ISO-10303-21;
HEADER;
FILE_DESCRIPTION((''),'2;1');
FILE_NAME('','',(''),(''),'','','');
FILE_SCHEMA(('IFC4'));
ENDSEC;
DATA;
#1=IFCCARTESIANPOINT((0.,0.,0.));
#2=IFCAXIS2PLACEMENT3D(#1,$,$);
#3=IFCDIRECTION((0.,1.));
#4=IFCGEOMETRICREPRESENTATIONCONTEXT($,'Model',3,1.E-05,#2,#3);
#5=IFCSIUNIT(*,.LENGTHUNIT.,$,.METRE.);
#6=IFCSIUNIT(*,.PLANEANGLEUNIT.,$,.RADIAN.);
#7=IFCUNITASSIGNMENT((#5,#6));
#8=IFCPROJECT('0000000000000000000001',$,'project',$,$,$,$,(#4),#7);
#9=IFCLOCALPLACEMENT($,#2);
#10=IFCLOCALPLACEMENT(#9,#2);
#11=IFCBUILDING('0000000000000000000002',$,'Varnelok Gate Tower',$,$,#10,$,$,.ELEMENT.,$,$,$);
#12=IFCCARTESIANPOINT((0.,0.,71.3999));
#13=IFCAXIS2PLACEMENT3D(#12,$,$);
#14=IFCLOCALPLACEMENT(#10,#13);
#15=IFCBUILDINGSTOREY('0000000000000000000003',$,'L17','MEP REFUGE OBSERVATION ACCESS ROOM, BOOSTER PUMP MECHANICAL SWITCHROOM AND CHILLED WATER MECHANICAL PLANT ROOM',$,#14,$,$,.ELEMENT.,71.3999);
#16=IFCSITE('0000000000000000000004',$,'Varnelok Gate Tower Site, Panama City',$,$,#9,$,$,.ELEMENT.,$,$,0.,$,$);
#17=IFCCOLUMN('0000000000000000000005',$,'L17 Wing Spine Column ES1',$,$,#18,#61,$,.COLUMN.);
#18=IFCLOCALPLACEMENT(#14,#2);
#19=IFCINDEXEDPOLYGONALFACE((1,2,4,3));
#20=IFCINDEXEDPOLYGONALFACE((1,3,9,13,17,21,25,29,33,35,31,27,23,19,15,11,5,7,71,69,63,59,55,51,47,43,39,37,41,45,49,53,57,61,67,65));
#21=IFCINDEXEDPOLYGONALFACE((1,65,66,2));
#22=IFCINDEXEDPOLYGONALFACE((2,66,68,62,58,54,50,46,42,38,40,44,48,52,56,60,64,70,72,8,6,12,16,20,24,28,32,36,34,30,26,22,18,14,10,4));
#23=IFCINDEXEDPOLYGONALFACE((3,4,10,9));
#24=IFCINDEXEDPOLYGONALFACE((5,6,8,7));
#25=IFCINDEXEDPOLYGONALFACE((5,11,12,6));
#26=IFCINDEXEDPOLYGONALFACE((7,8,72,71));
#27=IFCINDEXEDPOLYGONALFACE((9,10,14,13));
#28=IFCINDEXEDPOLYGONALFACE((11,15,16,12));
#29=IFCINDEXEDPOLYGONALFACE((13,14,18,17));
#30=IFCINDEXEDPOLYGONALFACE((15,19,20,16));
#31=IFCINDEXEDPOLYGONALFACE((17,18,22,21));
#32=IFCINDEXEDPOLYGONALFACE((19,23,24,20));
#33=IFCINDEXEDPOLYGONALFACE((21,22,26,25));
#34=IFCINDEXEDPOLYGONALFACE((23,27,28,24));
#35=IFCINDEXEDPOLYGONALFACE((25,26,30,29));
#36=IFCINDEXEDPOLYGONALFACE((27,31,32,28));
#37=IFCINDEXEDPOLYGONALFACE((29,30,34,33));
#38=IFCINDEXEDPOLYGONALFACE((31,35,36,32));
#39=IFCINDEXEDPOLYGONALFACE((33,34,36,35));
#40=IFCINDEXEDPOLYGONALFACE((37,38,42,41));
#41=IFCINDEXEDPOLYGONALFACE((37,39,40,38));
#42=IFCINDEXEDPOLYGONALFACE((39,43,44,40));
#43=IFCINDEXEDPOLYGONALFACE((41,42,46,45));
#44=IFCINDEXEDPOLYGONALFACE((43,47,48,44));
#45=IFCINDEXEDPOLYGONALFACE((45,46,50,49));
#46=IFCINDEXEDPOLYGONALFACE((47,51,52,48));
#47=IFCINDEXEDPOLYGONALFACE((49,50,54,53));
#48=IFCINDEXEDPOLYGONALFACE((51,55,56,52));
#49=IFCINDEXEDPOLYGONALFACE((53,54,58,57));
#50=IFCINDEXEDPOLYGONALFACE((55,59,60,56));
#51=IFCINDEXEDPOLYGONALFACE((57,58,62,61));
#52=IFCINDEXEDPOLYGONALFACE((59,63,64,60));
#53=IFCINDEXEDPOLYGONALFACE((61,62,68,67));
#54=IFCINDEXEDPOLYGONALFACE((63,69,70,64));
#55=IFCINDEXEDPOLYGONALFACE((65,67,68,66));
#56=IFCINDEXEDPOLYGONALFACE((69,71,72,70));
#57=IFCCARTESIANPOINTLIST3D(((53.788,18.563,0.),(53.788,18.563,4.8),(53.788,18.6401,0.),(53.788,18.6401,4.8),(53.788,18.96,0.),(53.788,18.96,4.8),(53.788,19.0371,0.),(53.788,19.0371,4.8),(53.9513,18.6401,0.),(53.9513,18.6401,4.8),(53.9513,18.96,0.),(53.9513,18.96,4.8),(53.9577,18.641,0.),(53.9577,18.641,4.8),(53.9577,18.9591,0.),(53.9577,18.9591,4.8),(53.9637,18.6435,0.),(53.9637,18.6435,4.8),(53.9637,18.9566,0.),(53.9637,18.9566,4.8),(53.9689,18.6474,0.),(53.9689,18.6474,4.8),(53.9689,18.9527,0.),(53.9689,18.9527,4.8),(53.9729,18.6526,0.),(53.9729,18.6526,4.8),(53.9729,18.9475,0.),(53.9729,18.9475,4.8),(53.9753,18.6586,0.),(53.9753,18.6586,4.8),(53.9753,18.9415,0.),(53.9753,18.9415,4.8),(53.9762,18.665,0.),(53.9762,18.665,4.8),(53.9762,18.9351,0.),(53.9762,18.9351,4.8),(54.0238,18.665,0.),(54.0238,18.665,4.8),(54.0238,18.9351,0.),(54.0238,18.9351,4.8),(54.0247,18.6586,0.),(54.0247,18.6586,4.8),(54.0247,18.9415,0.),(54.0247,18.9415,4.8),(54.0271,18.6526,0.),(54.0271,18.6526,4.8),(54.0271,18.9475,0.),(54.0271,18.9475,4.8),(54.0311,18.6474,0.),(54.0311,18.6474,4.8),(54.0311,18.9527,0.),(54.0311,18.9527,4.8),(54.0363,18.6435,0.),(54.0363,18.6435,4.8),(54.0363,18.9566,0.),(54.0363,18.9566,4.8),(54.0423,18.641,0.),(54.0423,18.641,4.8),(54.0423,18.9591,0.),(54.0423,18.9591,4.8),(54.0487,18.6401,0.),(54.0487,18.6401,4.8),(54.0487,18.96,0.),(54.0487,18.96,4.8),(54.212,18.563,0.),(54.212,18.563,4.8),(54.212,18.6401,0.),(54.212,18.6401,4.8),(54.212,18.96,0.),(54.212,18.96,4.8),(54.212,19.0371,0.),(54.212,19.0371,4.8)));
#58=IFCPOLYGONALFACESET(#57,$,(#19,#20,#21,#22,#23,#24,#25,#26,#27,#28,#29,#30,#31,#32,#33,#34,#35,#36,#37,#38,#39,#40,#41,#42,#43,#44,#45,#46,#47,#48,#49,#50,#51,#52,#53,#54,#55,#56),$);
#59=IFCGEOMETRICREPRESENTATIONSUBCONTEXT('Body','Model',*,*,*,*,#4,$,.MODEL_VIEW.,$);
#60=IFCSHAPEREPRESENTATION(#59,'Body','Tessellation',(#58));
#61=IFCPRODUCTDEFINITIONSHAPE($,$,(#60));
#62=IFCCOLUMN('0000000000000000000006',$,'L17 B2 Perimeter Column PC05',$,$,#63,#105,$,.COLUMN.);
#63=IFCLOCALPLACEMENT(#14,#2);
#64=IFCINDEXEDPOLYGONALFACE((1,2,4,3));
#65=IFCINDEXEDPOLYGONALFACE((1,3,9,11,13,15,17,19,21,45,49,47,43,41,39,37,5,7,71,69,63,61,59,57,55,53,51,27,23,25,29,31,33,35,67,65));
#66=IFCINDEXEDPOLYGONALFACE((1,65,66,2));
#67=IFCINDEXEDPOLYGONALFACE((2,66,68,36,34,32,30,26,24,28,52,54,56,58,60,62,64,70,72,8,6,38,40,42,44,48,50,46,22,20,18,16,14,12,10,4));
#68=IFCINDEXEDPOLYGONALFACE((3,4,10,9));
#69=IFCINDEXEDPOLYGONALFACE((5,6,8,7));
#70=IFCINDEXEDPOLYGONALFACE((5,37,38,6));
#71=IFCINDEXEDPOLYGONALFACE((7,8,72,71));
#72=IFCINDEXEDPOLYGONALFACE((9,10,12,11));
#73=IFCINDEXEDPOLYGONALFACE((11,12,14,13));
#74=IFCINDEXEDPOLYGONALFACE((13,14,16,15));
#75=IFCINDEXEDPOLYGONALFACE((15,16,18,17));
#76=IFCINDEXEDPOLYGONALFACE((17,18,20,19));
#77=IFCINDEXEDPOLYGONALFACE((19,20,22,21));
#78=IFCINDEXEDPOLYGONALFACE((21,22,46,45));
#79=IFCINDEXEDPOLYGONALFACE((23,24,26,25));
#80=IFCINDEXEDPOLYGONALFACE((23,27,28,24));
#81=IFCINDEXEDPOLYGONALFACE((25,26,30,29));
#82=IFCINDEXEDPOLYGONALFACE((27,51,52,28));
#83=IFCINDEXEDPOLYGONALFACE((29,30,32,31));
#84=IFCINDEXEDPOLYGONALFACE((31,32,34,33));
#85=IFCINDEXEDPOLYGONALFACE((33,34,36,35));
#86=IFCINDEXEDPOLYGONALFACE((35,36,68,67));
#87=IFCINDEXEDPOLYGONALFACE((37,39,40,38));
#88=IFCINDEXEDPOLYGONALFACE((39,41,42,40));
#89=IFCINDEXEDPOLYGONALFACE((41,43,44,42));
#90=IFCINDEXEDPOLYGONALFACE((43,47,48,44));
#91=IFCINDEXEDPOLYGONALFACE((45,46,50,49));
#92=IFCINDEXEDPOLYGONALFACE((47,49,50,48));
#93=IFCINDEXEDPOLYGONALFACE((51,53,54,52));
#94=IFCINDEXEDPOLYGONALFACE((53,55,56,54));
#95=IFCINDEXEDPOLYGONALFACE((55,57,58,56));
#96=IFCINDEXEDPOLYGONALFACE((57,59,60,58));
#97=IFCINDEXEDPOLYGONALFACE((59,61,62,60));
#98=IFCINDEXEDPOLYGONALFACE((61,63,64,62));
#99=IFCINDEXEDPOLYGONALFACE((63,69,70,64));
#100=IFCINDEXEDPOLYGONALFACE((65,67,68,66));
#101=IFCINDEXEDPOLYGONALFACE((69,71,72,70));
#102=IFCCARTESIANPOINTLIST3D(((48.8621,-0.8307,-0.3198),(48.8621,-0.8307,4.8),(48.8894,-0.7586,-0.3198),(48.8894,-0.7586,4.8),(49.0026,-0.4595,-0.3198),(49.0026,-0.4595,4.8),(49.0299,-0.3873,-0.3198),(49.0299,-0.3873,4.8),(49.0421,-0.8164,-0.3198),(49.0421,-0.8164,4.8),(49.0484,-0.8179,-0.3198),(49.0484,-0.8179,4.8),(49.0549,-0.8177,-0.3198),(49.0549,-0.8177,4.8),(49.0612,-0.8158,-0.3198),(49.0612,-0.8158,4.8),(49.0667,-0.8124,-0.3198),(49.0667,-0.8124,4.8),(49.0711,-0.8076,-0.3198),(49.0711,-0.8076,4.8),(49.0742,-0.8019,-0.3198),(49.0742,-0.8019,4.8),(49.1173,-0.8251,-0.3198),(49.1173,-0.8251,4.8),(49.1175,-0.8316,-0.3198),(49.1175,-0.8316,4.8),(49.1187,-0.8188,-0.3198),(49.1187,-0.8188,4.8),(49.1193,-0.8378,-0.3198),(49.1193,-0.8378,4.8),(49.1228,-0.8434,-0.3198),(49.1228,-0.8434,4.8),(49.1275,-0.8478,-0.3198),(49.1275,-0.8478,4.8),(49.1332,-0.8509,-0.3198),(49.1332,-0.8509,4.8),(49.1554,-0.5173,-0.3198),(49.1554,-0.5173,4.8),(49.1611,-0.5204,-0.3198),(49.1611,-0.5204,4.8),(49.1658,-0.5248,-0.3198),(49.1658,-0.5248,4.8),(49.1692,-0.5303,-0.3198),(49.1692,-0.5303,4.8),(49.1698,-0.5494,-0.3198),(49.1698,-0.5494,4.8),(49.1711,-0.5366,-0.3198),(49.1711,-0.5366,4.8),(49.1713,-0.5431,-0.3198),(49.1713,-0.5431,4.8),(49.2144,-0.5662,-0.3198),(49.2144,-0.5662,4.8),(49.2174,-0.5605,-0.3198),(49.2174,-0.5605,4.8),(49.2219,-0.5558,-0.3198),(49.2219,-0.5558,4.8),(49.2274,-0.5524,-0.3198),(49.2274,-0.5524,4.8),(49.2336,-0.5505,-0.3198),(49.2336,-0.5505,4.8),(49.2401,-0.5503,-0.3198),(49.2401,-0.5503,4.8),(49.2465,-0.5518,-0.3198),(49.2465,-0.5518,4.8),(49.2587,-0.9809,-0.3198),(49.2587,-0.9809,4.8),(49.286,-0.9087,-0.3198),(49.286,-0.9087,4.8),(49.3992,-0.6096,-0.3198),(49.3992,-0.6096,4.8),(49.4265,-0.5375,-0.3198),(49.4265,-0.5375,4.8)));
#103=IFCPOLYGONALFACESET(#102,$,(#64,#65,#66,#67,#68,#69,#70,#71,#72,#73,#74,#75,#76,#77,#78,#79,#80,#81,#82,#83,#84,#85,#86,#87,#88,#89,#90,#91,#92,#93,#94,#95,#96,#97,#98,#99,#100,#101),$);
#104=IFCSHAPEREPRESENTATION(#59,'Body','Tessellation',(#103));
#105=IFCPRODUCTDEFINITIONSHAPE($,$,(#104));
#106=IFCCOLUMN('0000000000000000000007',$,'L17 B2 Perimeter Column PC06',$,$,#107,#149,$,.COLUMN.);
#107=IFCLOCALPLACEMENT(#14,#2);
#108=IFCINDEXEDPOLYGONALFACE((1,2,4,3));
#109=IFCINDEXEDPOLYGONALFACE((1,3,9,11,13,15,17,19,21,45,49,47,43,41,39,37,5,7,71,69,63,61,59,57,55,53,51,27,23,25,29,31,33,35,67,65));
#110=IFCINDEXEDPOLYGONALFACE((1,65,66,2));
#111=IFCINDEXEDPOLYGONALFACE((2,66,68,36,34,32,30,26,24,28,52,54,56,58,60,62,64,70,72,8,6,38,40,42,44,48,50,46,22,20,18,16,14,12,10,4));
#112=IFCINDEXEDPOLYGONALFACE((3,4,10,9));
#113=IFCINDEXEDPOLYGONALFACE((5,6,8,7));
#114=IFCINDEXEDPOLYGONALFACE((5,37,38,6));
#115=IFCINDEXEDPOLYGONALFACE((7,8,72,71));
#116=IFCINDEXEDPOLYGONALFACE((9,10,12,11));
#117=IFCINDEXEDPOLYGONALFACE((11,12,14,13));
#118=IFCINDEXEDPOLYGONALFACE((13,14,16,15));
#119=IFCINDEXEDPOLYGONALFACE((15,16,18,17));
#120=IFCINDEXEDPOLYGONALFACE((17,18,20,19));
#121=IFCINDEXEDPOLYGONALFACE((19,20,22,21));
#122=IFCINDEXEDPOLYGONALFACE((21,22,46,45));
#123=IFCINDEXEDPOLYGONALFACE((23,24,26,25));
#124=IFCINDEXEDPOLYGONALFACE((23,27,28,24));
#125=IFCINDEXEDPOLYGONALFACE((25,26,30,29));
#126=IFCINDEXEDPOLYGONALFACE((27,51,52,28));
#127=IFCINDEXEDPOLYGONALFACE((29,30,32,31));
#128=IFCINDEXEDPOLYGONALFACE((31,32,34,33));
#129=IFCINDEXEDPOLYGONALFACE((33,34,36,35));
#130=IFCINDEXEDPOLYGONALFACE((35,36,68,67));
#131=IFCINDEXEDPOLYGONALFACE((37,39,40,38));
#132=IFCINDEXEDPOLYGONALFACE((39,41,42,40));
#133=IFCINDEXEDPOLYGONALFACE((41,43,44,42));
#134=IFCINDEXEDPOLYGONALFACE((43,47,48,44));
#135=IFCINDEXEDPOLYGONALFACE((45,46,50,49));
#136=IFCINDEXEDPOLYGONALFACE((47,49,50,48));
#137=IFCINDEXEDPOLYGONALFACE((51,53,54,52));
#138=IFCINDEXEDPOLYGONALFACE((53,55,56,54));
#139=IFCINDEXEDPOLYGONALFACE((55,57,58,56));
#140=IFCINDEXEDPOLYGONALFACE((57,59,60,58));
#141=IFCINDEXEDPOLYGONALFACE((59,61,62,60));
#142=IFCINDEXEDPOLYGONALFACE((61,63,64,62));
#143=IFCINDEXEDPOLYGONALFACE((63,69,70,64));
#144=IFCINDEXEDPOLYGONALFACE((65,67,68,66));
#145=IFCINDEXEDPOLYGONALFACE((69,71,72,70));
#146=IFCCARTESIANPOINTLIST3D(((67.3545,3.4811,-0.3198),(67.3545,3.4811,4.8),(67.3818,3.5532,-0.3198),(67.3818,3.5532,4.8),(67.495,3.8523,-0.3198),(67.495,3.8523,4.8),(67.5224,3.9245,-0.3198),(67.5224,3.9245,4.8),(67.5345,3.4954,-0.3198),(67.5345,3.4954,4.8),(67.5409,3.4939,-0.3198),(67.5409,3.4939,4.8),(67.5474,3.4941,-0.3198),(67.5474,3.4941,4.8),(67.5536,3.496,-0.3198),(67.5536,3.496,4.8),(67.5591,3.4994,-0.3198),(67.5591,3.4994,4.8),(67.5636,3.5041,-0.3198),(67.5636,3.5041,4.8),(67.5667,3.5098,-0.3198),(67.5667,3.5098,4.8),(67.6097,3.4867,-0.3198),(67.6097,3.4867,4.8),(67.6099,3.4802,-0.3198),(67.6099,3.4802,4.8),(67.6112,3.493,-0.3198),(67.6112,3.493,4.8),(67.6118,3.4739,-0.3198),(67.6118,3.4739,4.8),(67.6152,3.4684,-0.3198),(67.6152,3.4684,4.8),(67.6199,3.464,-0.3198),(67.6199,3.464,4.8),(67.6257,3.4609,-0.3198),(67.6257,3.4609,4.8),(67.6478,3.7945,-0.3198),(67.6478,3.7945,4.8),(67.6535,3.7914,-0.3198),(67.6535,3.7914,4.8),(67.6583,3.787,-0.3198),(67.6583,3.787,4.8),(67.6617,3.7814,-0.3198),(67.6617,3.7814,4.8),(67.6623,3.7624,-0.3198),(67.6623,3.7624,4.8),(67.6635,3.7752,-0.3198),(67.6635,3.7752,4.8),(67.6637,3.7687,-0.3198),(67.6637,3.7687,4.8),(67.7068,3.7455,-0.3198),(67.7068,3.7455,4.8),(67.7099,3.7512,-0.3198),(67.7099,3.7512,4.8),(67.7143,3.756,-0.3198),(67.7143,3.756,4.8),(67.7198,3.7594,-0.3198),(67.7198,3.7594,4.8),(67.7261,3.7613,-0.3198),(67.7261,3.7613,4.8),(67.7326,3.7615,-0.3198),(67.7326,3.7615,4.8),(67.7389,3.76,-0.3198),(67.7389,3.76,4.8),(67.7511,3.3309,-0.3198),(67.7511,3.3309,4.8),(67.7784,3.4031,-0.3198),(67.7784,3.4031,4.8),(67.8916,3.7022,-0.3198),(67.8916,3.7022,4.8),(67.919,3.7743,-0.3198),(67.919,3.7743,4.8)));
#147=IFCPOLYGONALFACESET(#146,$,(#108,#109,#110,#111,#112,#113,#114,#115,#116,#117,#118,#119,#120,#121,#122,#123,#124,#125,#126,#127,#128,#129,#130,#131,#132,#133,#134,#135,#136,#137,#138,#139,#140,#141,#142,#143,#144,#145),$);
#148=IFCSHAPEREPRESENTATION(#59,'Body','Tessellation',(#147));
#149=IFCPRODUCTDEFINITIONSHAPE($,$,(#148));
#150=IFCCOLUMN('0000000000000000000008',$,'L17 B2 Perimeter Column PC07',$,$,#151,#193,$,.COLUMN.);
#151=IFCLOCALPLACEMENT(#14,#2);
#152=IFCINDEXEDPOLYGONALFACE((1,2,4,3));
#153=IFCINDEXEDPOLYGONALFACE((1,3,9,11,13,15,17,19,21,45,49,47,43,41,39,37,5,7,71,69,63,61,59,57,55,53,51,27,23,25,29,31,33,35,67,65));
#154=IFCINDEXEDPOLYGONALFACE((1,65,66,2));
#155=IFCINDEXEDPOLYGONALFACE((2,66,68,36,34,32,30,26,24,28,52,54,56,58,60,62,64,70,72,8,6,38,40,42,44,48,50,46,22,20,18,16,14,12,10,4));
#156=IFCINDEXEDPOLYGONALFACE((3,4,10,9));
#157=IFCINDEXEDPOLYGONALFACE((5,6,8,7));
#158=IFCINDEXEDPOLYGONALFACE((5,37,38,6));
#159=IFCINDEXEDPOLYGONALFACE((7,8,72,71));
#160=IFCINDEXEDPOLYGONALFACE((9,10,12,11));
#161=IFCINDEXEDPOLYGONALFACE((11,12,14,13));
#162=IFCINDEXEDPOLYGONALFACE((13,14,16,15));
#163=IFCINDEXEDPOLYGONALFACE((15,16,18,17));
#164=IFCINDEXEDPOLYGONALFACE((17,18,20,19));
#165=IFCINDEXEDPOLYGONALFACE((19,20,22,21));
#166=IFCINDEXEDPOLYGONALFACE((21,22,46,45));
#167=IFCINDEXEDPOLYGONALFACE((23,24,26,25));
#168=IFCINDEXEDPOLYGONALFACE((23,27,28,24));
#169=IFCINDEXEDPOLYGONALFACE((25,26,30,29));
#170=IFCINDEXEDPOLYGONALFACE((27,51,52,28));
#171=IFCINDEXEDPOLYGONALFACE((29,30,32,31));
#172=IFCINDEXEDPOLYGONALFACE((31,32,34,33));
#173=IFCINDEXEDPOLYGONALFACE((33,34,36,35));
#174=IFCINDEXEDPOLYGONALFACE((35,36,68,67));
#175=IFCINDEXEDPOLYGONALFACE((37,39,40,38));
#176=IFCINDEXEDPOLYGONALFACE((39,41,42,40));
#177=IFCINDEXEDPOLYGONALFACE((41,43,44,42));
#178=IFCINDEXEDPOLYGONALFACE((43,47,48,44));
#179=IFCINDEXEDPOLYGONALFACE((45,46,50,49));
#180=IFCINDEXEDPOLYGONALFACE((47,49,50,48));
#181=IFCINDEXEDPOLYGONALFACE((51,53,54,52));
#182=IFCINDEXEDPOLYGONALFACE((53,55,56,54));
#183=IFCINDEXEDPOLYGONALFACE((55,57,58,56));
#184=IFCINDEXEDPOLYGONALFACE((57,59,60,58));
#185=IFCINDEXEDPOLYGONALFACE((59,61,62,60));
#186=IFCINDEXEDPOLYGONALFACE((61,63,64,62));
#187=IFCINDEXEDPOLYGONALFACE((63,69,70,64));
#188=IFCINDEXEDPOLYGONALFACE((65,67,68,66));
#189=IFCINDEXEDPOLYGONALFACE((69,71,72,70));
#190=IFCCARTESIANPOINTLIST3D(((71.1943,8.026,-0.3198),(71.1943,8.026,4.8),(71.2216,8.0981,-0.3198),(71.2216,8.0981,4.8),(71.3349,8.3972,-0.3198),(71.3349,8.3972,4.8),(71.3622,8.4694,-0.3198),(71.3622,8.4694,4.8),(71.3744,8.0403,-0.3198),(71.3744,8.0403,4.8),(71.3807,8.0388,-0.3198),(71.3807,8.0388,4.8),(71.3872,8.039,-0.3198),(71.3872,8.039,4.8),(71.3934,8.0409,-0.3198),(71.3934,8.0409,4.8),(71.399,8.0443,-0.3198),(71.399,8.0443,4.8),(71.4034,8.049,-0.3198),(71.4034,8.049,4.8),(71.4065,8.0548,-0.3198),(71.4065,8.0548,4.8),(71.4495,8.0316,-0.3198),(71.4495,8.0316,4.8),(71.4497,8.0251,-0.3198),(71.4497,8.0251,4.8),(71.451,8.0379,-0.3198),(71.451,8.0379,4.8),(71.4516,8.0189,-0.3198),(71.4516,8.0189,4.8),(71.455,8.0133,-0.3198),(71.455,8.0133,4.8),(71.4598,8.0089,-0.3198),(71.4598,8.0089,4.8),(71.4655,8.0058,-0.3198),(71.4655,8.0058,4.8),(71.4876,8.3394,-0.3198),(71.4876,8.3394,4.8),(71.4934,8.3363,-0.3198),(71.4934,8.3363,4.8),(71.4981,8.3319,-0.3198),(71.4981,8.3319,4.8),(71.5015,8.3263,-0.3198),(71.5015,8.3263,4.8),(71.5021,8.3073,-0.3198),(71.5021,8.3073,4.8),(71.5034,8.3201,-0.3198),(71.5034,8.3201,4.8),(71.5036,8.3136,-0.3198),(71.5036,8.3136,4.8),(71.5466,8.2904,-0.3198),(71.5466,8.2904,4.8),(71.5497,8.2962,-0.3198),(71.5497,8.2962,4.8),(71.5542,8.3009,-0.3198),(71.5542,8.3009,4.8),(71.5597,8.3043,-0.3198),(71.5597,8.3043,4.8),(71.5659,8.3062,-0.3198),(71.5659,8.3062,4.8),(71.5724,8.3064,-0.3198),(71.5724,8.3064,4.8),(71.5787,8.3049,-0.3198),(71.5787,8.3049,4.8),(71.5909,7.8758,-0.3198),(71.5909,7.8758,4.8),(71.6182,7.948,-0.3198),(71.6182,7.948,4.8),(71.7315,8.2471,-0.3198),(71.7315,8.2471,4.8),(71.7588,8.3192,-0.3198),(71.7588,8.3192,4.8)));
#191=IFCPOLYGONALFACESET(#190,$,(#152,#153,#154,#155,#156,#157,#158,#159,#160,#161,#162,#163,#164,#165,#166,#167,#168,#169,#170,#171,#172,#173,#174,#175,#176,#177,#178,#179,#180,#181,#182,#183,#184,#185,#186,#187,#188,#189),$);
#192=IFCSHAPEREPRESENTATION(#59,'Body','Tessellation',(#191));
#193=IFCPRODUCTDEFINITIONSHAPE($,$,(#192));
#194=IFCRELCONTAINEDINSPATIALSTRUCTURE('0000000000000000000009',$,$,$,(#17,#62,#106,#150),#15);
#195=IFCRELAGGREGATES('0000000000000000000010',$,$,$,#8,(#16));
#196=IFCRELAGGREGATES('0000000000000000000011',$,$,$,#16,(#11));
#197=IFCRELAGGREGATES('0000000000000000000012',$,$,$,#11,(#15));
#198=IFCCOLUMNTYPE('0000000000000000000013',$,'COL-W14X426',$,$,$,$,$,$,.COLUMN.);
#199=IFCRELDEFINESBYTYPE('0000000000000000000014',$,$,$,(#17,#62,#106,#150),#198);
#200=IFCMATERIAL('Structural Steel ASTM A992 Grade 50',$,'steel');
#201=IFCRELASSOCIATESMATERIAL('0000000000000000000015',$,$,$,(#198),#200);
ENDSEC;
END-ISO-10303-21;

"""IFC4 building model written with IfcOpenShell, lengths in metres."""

from ifc_helpers import new_model, si_unit, direction, frame, origin, origin_2d, place, context, subcontext, project, spatial, i_section, extrude, material, material_profile, profile_set, type_object, element, save


model = new_model("IFC4")

# Units and contexts
model_context = context("Model", 3, precision=1e-05, world=origin(), true_north=direction((0.0, 1.0)))
body_context = subcontext(model_context, "Body", "Model", "MODEL_VIEW")
ifc_project = project(units=[si_unit("LENGTHUNIT", "METRE"), si_unit("PLANEANGLEUNIT", "RADIAN")], contexts=[model_context])

# Site, building, storey
site_placement = place(None, origin())
site = spatial("IfcSite", under=ifc_project, at=site_placement, Name="Varnelok Gate Tower Site, Panama City", CompositionType="ELEMENT", RefElevation=0.0)
building_placement = place(site_placement, origin())
building = spatial("IfcBuilding", under=site, at=building_placement, Name="Varnelok Gate Tower", CompositionType="ELEMENT")
storey_placement = place(building_placement, frame((0.0, 0.0, 71.3999)))
storey = spatial("IfcBuildingStorey", under=building, at=storey_placement, Name="L17", Description="MEP REFUGE OBSERVATION ACCESS ROOM, BOOSTER PUMP MECHANICAL SWITCHROOM AND CHILLED WATER MECHANICAL PLANT ROOM", CompositionType="ELEMENT", Elevation=71.3999)

# Columns
ifc_material_1 = material(Name="Structural Steel ASTM A992 Grade 50", Category="steel")
ifc_material_profile_1 = material_profile(ifc_material_1, i_section(OverallWidth=0.4241, OverallDepth=0.4741, WebThickness=0.0476, FlangeThickness=0.0771, FilletRadius=0.0249, at=origin_2d()), Name="W14X426")
ifc_profile_set_1 = profile_set([ifc_material_profile_1], Name="Structural Steel ASTM A992 Grade 50")
column_type = type_object("IfcColumnType", Name="COL-W14X426", PredefinedType="COLUMN", material=ifc_profile_set_1)
column_placement = place(storey_placement, frame((54.0, 18.8, 0.0), z_axis=(0.0, 0.0, 1.0), x_axis=(1.0, 0.0, 0.0)))
element("IfcColumn", 1, at=column_placement, inside=storey, type_object=column_type, Name="L17 Wing Spine Column ES1", PredefinedType="COLUMN", context=body_context, shape_type="SweptSolid", body=[
    extrude(i_section(OverallWidth=0.4241, OverallDepth=0.4741, WebThickness=0.0476, FlangeThickness=0.0771, FilletRadius=0.0249, at=origin_2d()), origin(), (0.0, 0.0, 1.0), 4.8),
])
for number, where, z_axis, x_axis, name in (
    (2, (49.1443, -0.6841, -0.3198), (0.0, 0.0, 1.0), (0.935222, -0.354063, 0.0), "L17 B2 Perimeter Column PC05"),
    (3, (67.6367, 3.6277, -0.3198), (0.0, 0.0, 1.0), (0.935222, -0.354063, 0.0), "L17 B2 Perimeter Column PC06"),
    (4, (71.4766, 8.1726, -0.3198), (0.0, 0.0, 1.0), (0.935222, -0.354063, 0.0), "L17 B2 Perimeter Column PC07"),
):
    element("IfcColumn", number, at=place(storey_placement, frame(where, z_axis=z_axis, x_axis=x_axis)), inside=storey, type_object=column_type, Name=name, PredefinedType="COLUMN", context=body_context, shape_type="SweptSolid", body=[
        extrude(i_section(OverallWidth=0.4241, OverallDepth=0.4741, WebThickness=0.0476, FlangeThickness=0.0771, FilletRadius=0.0249, at=origin_2d()), origin(), (0.0, 0.0, 1.0), 5.1199),
    ])

save(model, "model.ifc")
